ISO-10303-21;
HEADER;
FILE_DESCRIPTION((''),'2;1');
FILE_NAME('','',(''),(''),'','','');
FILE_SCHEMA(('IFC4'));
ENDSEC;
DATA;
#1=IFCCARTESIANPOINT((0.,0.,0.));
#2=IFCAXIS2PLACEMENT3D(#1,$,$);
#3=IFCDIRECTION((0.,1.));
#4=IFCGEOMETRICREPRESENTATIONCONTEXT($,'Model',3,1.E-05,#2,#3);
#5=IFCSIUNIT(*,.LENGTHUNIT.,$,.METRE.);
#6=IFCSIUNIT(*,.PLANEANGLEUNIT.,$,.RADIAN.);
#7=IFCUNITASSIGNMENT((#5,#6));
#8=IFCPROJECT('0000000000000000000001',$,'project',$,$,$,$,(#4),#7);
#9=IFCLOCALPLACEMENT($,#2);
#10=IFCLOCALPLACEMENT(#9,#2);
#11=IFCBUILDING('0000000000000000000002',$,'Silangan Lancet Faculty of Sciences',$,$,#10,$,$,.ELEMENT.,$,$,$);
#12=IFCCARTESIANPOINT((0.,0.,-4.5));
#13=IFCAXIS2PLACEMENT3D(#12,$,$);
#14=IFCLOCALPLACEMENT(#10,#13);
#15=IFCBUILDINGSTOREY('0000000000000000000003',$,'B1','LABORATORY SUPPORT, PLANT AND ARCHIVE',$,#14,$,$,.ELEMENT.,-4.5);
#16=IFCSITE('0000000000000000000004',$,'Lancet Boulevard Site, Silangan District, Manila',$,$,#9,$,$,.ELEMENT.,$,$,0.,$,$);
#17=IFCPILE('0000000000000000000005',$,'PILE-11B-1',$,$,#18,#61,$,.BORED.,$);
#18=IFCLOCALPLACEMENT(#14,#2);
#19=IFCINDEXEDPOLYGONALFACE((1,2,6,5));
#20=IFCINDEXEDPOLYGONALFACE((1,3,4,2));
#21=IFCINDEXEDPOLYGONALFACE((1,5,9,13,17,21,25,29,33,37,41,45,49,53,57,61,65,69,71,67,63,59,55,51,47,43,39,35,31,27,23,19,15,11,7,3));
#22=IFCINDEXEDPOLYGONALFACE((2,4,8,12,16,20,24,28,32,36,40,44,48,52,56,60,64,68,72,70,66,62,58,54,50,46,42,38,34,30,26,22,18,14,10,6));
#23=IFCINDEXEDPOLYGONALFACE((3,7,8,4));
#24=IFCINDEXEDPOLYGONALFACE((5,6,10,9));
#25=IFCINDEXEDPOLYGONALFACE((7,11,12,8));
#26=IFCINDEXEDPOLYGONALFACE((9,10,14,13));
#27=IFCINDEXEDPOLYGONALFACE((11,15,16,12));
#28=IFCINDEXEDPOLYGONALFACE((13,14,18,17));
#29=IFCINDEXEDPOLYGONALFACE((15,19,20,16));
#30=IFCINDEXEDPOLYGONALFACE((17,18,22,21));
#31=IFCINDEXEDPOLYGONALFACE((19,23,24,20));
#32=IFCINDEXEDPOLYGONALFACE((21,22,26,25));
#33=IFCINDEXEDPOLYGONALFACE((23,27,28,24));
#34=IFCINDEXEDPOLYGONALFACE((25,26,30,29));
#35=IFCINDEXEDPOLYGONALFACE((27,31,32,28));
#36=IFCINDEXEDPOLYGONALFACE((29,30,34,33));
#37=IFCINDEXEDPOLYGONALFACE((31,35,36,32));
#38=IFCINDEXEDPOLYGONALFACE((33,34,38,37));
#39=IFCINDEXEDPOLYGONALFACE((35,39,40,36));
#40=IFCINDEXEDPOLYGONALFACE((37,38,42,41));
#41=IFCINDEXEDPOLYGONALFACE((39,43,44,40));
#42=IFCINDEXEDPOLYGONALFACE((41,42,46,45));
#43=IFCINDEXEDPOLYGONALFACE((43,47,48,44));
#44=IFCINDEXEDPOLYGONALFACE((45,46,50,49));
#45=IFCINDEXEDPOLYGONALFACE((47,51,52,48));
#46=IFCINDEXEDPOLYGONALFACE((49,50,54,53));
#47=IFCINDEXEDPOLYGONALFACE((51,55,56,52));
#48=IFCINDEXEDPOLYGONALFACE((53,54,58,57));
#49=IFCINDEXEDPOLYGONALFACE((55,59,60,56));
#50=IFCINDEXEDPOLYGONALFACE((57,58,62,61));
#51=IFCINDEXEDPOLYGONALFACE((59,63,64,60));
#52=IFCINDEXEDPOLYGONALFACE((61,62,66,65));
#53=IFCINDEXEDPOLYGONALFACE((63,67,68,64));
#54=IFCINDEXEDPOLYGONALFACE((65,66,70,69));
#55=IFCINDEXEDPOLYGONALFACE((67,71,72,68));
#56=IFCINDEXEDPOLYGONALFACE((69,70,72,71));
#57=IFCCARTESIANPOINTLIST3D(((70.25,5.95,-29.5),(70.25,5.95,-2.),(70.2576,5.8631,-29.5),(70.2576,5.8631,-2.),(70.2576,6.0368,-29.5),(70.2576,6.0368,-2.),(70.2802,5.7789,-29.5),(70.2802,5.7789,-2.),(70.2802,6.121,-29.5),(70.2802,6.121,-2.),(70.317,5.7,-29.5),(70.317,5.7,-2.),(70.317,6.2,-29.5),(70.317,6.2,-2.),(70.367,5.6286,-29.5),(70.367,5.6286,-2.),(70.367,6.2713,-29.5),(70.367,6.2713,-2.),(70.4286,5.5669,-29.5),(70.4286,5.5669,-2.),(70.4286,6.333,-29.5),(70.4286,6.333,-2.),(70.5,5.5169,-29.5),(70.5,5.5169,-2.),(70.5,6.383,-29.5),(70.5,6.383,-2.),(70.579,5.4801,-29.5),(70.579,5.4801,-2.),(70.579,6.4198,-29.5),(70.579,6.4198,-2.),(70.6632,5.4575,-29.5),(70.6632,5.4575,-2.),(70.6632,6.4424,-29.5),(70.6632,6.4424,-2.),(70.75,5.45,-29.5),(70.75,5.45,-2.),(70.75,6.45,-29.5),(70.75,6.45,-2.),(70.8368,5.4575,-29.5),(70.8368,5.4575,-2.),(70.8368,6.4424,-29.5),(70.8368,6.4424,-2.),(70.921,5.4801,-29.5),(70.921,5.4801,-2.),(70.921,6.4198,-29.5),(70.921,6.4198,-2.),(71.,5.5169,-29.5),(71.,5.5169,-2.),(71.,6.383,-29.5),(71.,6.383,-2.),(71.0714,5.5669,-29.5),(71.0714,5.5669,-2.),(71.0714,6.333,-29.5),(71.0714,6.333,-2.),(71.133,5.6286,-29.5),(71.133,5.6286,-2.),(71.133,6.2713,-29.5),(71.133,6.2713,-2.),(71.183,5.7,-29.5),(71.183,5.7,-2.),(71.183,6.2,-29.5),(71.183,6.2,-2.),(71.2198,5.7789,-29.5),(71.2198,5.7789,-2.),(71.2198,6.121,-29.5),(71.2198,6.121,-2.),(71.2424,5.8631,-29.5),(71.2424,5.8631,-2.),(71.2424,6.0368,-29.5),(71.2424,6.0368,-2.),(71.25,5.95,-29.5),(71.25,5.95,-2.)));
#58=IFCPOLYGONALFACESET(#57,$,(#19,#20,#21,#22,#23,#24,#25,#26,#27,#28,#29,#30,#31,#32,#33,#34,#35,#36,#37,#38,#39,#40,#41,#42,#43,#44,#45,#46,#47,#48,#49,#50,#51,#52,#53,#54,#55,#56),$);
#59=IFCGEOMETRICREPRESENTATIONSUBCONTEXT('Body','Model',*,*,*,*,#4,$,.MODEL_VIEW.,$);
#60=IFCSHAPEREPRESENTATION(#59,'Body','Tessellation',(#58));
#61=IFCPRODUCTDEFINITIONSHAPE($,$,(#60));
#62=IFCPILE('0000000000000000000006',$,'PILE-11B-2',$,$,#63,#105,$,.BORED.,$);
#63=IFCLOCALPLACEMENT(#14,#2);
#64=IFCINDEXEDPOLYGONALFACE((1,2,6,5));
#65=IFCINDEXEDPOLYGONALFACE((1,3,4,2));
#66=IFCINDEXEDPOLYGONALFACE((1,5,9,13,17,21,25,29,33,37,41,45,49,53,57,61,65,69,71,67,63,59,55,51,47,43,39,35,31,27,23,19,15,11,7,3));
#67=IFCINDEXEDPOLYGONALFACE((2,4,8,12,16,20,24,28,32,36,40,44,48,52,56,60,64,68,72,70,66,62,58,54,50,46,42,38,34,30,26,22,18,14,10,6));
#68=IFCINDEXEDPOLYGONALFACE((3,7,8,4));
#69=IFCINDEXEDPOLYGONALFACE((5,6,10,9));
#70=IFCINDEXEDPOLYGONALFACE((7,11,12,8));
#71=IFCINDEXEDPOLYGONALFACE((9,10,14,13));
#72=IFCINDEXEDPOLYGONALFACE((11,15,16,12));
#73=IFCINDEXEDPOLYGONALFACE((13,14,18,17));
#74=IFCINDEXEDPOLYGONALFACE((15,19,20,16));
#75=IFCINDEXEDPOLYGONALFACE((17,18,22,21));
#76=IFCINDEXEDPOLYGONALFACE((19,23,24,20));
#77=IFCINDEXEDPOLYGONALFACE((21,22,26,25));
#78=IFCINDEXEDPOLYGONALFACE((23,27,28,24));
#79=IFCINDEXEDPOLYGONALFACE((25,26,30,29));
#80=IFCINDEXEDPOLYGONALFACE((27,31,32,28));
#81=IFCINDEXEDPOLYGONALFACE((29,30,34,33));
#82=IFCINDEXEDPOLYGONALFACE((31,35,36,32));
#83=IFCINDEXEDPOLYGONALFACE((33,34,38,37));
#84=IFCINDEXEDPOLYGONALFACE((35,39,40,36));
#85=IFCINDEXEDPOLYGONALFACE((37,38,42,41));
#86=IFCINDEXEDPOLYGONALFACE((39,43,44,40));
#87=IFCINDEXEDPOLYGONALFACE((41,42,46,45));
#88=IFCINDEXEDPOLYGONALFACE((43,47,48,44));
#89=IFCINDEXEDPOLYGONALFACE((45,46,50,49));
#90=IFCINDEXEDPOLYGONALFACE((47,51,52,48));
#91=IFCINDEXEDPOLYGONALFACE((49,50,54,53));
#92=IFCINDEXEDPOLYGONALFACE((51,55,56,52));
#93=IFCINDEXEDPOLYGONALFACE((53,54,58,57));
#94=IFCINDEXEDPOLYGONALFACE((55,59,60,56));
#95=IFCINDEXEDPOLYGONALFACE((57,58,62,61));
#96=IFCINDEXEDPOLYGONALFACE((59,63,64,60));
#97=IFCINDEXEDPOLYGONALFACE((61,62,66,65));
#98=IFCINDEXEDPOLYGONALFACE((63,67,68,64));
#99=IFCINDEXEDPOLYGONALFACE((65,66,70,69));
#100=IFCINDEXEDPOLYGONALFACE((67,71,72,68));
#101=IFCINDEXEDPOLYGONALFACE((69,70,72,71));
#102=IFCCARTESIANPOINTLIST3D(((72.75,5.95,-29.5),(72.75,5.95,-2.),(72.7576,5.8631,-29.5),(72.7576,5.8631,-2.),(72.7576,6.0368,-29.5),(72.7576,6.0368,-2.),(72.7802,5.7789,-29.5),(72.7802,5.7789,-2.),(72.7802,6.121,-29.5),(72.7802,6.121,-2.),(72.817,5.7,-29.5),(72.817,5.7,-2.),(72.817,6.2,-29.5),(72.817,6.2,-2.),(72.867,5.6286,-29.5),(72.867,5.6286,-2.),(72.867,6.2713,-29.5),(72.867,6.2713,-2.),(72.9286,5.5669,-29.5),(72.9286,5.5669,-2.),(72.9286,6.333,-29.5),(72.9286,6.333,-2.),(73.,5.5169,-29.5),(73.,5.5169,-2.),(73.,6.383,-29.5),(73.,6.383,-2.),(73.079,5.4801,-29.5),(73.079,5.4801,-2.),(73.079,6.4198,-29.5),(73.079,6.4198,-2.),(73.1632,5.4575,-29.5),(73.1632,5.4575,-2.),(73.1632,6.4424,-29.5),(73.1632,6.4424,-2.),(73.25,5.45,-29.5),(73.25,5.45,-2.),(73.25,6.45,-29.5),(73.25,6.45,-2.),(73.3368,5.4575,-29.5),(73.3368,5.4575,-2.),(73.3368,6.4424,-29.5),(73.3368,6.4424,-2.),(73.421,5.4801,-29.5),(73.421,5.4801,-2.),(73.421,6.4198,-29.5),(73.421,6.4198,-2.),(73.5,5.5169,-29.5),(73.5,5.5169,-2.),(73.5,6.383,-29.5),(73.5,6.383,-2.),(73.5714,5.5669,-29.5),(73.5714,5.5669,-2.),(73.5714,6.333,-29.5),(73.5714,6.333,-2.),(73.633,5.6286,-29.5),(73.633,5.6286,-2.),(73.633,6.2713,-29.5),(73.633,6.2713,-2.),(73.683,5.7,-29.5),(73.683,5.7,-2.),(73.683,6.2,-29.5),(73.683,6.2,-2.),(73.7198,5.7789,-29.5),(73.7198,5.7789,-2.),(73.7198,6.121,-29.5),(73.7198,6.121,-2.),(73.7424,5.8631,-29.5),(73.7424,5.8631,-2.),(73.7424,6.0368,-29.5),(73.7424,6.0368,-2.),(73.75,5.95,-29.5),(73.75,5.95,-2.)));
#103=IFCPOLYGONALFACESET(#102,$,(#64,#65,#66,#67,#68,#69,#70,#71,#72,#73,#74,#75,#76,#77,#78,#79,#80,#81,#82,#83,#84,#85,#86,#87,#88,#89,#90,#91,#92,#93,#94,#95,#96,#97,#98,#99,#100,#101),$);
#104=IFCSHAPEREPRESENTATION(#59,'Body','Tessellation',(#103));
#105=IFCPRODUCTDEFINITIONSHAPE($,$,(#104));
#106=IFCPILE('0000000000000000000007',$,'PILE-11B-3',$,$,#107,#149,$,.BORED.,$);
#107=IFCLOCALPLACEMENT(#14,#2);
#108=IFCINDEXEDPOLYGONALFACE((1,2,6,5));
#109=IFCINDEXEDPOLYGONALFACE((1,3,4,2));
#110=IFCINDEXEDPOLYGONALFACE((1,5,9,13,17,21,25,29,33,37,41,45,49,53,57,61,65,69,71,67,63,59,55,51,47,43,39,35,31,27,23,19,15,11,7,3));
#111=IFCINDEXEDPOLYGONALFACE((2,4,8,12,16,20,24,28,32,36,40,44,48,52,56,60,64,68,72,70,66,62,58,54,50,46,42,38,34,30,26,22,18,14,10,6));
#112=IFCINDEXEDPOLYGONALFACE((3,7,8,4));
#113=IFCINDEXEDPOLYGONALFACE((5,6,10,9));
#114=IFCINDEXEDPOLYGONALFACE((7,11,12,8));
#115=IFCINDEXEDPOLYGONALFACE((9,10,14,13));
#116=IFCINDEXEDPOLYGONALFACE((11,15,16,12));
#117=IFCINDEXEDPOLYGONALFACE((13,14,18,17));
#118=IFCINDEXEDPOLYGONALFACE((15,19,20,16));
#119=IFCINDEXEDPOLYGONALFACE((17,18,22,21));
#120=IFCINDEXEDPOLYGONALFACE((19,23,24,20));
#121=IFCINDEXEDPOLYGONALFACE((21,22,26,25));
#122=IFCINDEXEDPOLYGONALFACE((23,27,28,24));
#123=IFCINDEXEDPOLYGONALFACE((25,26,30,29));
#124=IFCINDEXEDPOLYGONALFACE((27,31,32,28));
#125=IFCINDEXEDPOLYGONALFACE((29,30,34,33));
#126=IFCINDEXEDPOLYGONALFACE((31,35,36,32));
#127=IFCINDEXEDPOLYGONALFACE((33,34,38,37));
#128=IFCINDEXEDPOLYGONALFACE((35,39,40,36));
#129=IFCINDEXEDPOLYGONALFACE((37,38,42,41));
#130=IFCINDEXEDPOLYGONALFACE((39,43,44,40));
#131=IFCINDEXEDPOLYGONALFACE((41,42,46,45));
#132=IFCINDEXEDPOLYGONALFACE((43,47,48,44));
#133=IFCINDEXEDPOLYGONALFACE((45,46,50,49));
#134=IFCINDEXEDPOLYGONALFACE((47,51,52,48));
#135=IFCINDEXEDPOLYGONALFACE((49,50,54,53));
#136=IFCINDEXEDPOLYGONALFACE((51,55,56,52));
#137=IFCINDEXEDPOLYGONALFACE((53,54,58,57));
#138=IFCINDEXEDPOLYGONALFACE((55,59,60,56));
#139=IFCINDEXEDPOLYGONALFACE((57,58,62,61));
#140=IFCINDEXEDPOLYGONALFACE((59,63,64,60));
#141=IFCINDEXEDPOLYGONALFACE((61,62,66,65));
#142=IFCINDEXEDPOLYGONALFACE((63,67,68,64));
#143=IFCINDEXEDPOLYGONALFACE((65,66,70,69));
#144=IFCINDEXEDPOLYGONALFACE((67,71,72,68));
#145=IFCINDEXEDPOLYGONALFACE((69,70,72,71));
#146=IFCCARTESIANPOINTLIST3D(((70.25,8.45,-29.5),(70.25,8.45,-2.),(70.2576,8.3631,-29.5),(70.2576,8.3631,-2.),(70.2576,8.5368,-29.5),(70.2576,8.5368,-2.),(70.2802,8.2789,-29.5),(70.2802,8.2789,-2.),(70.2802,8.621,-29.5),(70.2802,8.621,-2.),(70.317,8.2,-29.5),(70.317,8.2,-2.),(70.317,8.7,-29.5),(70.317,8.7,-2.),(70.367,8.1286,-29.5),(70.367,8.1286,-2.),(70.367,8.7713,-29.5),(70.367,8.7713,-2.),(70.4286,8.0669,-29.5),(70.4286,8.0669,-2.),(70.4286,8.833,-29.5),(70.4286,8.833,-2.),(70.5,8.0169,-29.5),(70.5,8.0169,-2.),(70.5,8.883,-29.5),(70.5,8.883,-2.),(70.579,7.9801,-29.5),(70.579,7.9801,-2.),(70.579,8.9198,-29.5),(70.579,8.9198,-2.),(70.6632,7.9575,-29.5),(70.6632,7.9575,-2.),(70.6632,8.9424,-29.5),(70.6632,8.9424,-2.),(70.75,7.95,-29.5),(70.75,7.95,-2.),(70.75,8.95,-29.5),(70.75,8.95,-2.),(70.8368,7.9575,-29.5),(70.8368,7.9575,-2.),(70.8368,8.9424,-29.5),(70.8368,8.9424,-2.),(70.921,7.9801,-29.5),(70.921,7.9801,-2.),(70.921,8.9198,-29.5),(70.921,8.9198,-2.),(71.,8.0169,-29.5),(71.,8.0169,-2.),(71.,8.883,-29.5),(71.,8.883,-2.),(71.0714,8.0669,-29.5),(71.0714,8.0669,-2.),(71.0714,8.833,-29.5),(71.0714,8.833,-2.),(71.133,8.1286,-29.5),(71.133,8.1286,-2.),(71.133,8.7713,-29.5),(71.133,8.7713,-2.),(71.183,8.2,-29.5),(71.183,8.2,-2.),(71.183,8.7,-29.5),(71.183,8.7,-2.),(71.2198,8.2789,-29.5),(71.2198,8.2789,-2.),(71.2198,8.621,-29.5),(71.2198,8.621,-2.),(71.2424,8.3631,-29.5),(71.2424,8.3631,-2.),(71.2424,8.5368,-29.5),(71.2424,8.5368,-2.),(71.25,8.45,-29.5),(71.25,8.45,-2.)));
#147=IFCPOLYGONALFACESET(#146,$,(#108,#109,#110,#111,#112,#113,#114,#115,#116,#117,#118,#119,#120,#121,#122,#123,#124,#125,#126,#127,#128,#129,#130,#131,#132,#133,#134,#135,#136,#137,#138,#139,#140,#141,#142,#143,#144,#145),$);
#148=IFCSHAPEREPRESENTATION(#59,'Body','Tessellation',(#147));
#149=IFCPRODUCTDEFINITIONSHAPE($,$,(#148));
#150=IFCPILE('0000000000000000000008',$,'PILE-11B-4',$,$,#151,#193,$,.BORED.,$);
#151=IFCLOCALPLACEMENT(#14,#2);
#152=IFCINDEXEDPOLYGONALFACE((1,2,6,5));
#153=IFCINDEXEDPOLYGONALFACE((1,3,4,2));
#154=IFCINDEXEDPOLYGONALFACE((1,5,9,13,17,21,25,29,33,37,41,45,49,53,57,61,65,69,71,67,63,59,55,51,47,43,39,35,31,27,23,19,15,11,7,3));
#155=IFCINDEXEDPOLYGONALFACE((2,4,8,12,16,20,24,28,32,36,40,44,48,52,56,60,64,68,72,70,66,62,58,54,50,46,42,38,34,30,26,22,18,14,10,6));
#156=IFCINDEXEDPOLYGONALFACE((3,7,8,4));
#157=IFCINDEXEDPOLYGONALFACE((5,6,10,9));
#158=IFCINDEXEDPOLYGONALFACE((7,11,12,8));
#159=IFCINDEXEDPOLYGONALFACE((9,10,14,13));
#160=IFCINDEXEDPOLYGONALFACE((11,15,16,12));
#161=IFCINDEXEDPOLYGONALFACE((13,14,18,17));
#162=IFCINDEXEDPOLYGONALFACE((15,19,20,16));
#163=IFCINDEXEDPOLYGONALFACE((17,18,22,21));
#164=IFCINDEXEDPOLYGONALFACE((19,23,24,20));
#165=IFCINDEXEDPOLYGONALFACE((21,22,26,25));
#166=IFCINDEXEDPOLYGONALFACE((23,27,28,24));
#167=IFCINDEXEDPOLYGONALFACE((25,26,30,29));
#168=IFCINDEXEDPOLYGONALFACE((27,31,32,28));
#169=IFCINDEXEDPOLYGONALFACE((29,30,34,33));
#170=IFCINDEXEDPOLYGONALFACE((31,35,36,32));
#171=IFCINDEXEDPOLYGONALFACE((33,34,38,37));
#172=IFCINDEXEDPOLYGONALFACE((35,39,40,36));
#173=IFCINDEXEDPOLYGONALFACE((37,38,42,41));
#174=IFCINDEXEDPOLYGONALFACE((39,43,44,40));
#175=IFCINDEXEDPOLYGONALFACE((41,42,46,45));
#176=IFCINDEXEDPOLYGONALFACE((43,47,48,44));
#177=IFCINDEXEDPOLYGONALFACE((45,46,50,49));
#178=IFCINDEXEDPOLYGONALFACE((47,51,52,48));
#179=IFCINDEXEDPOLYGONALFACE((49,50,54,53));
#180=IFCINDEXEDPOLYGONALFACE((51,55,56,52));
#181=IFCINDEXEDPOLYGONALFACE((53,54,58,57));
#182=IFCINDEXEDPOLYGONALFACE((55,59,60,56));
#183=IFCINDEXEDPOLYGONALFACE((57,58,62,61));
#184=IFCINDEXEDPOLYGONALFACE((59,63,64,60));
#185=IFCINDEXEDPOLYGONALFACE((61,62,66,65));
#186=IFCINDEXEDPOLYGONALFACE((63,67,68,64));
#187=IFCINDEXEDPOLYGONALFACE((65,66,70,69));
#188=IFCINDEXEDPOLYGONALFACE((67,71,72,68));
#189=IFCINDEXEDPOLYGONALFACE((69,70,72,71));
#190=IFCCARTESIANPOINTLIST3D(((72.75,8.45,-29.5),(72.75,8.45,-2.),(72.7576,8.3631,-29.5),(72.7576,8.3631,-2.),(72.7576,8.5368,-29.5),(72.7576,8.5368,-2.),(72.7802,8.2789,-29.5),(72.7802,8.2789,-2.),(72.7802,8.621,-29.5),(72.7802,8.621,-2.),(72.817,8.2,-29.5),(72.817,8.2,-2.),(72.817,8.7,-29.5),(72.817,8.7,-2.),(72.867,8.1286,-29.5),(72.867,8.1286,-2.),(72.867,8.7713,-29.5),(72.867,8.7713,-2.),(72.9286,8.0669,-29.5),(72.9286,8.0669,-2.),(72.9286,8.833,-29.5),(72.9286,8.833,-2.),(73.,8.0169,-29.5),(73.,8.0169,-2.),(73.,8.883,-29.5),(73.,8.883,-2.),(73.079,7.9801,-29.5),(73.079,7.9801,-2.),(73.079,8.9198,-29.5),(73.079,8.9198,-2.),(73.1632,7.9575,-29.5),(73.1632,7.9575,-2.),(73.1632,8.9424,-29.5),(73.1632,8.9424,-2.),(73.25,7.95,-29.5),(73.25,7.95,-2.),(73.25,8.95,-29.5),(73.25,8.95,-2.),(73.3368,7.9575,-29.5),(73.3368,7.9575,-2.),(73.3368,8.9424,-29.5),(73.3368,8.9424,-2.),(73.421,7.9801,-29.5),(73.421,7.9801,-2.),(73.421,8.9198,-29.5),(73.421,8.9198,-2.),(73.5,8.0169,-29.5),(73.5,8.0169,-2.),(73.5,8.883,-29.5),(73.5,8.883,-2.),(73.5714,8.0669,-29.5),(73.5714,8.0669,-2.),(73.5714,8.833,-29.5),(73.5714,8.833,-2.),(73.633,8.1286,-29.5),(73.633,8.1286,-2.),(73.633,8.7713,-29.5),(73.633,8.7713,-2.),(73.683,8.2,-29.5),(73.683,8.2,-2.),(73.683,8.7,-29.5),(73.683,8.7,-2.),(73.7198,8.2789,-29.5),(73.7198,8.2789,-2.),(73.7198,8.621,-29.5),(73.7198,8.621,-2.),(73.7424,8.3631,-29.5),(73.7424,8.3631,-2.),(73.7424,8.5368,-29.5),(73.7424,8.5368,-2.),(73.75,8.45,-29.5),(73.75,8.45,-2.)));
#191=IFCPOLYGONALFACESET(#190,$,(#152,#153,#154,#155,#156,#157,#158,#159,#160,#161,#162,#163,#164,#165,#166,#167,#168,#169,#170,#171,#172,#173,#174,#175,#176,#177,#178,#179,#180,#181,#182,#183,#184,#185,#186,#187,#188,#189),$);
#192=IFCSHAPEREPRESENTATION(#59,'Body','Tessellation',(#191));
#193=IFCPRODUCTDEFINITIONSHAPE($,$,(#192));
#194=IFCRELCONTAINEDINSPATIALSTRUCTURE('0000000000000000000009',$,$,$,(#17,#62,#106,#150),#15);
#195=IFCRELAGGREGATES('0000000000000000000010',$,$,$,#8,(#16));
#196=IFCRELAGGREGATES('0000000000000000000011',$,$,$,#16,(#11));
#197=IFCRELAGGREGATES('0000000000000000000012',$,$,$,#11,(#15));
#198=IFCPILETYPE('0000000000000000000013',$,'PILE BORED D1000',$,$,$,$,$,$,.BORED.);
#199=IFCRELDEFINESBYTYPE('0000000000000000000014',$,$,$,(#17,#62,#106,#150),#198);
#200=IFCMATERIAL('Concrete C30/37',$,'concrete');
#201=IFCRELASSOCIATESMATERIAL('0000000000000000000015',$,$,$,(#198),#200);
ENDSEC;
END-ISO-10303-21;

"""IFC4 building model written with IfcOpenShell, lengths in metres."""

from ifc_helpers import new_model, si_unit, direction, frame, origin, origin_2d, place, context, subcontext, project, spatial, circle, extrude, material, material_profile, profile_set, type_object, element, save


model = new_model("IFC4")

# Units and contexts
model_context = context("Model", 3, precision=1e-05, world=origin(), true_north=direction((0.0, 1.0)))
body_context = subcontext(model_context, "Body", "Model", "MODEL_VIEW")
ifc_project = project(units=[si_unit("LENGTHUNIT", "METRE"), si_unit("PLANEANGLEUNIT", "RADIAN")], contexts=[model_context])

# Site, building, storey
site_placement = place(None, origin())
site = spatial("IfcSite", under=ifc_project, at=site_placement, Name="Lancet Boulevard Site, Silangan District, Manila", CompositionType="ELEMENT", RefElevation=0.0)
building_placement = place(site_placement, origin())
building = spatial("IfcBuilding", under=site, at=building_placement, Name="Silangan Lancet Faculty of Sciences", CompositionType="ELEMENT")
storey_placement = place(building_placement, frame((0.0, 0.0, -4.5)))
storey = spatial("IfcBuildingStorey", under=building, at=storey_placement, Name="B1", Description="LABORATORY SUPPORT, PLANT AND ARCHIVE", CompositionType="ELEMENT", Elevation=-4.5)

# Piles
ifc_material_1 = material(Name="Concrete C30/37", Category="concrete")
ifc_material_profile_1 = material_profile(ifc_material_1, circle(Radius=0.5, at=origin_2d()), Name="BORED PILE D1000")
ifc_profile_set_1 = profile_set([ifc_material_profile_1], Name="Concrete C30/37")
pile_type_1 = type_object("IfcPileType", Name="PILE BORED D1000", PredefinedType="BORED", material=ifc_profile_set_1)
for number, where, z_axis, x_axis, name in (
    (1, (70.75, 5.95, -2.0), (0.0, 0.0, -1.0), (1.0, 0.0, 0.0), "PILE-11B-1"),
    (2, (73.25, 5.95, -2.0), (0.0, 0.0, -1.0), (1.0, 0.0, 0.0), "PILE-11B-2"),
    (3, (70.75, 8.45, -2.0), (0.0, 0.0, -1.0), (1.0, 0.0, 0.0), "PILE-11B-3"),
    (4, (73.25, 8.45, -2.0), (0.0, 0.0, -1.0), (1.0, 0.0, 0.0), "PILE-11B-4"),
):
    element("IfcPile", number, at=place(storey_placement, frame(where, z_axis=z_axis, x_axis=x_axis)), inside=storey, type_object=pile_type_1, Name=name, PredefinedType="BORED", context=body_context, shape_type="SweptSolid", body=[
        extrude(circle(Radius=0.5, at=origin_2d()), origin(), (0.0, 0.0, 1.0), 27.5),
    ])

save(model, "model.ifc")
